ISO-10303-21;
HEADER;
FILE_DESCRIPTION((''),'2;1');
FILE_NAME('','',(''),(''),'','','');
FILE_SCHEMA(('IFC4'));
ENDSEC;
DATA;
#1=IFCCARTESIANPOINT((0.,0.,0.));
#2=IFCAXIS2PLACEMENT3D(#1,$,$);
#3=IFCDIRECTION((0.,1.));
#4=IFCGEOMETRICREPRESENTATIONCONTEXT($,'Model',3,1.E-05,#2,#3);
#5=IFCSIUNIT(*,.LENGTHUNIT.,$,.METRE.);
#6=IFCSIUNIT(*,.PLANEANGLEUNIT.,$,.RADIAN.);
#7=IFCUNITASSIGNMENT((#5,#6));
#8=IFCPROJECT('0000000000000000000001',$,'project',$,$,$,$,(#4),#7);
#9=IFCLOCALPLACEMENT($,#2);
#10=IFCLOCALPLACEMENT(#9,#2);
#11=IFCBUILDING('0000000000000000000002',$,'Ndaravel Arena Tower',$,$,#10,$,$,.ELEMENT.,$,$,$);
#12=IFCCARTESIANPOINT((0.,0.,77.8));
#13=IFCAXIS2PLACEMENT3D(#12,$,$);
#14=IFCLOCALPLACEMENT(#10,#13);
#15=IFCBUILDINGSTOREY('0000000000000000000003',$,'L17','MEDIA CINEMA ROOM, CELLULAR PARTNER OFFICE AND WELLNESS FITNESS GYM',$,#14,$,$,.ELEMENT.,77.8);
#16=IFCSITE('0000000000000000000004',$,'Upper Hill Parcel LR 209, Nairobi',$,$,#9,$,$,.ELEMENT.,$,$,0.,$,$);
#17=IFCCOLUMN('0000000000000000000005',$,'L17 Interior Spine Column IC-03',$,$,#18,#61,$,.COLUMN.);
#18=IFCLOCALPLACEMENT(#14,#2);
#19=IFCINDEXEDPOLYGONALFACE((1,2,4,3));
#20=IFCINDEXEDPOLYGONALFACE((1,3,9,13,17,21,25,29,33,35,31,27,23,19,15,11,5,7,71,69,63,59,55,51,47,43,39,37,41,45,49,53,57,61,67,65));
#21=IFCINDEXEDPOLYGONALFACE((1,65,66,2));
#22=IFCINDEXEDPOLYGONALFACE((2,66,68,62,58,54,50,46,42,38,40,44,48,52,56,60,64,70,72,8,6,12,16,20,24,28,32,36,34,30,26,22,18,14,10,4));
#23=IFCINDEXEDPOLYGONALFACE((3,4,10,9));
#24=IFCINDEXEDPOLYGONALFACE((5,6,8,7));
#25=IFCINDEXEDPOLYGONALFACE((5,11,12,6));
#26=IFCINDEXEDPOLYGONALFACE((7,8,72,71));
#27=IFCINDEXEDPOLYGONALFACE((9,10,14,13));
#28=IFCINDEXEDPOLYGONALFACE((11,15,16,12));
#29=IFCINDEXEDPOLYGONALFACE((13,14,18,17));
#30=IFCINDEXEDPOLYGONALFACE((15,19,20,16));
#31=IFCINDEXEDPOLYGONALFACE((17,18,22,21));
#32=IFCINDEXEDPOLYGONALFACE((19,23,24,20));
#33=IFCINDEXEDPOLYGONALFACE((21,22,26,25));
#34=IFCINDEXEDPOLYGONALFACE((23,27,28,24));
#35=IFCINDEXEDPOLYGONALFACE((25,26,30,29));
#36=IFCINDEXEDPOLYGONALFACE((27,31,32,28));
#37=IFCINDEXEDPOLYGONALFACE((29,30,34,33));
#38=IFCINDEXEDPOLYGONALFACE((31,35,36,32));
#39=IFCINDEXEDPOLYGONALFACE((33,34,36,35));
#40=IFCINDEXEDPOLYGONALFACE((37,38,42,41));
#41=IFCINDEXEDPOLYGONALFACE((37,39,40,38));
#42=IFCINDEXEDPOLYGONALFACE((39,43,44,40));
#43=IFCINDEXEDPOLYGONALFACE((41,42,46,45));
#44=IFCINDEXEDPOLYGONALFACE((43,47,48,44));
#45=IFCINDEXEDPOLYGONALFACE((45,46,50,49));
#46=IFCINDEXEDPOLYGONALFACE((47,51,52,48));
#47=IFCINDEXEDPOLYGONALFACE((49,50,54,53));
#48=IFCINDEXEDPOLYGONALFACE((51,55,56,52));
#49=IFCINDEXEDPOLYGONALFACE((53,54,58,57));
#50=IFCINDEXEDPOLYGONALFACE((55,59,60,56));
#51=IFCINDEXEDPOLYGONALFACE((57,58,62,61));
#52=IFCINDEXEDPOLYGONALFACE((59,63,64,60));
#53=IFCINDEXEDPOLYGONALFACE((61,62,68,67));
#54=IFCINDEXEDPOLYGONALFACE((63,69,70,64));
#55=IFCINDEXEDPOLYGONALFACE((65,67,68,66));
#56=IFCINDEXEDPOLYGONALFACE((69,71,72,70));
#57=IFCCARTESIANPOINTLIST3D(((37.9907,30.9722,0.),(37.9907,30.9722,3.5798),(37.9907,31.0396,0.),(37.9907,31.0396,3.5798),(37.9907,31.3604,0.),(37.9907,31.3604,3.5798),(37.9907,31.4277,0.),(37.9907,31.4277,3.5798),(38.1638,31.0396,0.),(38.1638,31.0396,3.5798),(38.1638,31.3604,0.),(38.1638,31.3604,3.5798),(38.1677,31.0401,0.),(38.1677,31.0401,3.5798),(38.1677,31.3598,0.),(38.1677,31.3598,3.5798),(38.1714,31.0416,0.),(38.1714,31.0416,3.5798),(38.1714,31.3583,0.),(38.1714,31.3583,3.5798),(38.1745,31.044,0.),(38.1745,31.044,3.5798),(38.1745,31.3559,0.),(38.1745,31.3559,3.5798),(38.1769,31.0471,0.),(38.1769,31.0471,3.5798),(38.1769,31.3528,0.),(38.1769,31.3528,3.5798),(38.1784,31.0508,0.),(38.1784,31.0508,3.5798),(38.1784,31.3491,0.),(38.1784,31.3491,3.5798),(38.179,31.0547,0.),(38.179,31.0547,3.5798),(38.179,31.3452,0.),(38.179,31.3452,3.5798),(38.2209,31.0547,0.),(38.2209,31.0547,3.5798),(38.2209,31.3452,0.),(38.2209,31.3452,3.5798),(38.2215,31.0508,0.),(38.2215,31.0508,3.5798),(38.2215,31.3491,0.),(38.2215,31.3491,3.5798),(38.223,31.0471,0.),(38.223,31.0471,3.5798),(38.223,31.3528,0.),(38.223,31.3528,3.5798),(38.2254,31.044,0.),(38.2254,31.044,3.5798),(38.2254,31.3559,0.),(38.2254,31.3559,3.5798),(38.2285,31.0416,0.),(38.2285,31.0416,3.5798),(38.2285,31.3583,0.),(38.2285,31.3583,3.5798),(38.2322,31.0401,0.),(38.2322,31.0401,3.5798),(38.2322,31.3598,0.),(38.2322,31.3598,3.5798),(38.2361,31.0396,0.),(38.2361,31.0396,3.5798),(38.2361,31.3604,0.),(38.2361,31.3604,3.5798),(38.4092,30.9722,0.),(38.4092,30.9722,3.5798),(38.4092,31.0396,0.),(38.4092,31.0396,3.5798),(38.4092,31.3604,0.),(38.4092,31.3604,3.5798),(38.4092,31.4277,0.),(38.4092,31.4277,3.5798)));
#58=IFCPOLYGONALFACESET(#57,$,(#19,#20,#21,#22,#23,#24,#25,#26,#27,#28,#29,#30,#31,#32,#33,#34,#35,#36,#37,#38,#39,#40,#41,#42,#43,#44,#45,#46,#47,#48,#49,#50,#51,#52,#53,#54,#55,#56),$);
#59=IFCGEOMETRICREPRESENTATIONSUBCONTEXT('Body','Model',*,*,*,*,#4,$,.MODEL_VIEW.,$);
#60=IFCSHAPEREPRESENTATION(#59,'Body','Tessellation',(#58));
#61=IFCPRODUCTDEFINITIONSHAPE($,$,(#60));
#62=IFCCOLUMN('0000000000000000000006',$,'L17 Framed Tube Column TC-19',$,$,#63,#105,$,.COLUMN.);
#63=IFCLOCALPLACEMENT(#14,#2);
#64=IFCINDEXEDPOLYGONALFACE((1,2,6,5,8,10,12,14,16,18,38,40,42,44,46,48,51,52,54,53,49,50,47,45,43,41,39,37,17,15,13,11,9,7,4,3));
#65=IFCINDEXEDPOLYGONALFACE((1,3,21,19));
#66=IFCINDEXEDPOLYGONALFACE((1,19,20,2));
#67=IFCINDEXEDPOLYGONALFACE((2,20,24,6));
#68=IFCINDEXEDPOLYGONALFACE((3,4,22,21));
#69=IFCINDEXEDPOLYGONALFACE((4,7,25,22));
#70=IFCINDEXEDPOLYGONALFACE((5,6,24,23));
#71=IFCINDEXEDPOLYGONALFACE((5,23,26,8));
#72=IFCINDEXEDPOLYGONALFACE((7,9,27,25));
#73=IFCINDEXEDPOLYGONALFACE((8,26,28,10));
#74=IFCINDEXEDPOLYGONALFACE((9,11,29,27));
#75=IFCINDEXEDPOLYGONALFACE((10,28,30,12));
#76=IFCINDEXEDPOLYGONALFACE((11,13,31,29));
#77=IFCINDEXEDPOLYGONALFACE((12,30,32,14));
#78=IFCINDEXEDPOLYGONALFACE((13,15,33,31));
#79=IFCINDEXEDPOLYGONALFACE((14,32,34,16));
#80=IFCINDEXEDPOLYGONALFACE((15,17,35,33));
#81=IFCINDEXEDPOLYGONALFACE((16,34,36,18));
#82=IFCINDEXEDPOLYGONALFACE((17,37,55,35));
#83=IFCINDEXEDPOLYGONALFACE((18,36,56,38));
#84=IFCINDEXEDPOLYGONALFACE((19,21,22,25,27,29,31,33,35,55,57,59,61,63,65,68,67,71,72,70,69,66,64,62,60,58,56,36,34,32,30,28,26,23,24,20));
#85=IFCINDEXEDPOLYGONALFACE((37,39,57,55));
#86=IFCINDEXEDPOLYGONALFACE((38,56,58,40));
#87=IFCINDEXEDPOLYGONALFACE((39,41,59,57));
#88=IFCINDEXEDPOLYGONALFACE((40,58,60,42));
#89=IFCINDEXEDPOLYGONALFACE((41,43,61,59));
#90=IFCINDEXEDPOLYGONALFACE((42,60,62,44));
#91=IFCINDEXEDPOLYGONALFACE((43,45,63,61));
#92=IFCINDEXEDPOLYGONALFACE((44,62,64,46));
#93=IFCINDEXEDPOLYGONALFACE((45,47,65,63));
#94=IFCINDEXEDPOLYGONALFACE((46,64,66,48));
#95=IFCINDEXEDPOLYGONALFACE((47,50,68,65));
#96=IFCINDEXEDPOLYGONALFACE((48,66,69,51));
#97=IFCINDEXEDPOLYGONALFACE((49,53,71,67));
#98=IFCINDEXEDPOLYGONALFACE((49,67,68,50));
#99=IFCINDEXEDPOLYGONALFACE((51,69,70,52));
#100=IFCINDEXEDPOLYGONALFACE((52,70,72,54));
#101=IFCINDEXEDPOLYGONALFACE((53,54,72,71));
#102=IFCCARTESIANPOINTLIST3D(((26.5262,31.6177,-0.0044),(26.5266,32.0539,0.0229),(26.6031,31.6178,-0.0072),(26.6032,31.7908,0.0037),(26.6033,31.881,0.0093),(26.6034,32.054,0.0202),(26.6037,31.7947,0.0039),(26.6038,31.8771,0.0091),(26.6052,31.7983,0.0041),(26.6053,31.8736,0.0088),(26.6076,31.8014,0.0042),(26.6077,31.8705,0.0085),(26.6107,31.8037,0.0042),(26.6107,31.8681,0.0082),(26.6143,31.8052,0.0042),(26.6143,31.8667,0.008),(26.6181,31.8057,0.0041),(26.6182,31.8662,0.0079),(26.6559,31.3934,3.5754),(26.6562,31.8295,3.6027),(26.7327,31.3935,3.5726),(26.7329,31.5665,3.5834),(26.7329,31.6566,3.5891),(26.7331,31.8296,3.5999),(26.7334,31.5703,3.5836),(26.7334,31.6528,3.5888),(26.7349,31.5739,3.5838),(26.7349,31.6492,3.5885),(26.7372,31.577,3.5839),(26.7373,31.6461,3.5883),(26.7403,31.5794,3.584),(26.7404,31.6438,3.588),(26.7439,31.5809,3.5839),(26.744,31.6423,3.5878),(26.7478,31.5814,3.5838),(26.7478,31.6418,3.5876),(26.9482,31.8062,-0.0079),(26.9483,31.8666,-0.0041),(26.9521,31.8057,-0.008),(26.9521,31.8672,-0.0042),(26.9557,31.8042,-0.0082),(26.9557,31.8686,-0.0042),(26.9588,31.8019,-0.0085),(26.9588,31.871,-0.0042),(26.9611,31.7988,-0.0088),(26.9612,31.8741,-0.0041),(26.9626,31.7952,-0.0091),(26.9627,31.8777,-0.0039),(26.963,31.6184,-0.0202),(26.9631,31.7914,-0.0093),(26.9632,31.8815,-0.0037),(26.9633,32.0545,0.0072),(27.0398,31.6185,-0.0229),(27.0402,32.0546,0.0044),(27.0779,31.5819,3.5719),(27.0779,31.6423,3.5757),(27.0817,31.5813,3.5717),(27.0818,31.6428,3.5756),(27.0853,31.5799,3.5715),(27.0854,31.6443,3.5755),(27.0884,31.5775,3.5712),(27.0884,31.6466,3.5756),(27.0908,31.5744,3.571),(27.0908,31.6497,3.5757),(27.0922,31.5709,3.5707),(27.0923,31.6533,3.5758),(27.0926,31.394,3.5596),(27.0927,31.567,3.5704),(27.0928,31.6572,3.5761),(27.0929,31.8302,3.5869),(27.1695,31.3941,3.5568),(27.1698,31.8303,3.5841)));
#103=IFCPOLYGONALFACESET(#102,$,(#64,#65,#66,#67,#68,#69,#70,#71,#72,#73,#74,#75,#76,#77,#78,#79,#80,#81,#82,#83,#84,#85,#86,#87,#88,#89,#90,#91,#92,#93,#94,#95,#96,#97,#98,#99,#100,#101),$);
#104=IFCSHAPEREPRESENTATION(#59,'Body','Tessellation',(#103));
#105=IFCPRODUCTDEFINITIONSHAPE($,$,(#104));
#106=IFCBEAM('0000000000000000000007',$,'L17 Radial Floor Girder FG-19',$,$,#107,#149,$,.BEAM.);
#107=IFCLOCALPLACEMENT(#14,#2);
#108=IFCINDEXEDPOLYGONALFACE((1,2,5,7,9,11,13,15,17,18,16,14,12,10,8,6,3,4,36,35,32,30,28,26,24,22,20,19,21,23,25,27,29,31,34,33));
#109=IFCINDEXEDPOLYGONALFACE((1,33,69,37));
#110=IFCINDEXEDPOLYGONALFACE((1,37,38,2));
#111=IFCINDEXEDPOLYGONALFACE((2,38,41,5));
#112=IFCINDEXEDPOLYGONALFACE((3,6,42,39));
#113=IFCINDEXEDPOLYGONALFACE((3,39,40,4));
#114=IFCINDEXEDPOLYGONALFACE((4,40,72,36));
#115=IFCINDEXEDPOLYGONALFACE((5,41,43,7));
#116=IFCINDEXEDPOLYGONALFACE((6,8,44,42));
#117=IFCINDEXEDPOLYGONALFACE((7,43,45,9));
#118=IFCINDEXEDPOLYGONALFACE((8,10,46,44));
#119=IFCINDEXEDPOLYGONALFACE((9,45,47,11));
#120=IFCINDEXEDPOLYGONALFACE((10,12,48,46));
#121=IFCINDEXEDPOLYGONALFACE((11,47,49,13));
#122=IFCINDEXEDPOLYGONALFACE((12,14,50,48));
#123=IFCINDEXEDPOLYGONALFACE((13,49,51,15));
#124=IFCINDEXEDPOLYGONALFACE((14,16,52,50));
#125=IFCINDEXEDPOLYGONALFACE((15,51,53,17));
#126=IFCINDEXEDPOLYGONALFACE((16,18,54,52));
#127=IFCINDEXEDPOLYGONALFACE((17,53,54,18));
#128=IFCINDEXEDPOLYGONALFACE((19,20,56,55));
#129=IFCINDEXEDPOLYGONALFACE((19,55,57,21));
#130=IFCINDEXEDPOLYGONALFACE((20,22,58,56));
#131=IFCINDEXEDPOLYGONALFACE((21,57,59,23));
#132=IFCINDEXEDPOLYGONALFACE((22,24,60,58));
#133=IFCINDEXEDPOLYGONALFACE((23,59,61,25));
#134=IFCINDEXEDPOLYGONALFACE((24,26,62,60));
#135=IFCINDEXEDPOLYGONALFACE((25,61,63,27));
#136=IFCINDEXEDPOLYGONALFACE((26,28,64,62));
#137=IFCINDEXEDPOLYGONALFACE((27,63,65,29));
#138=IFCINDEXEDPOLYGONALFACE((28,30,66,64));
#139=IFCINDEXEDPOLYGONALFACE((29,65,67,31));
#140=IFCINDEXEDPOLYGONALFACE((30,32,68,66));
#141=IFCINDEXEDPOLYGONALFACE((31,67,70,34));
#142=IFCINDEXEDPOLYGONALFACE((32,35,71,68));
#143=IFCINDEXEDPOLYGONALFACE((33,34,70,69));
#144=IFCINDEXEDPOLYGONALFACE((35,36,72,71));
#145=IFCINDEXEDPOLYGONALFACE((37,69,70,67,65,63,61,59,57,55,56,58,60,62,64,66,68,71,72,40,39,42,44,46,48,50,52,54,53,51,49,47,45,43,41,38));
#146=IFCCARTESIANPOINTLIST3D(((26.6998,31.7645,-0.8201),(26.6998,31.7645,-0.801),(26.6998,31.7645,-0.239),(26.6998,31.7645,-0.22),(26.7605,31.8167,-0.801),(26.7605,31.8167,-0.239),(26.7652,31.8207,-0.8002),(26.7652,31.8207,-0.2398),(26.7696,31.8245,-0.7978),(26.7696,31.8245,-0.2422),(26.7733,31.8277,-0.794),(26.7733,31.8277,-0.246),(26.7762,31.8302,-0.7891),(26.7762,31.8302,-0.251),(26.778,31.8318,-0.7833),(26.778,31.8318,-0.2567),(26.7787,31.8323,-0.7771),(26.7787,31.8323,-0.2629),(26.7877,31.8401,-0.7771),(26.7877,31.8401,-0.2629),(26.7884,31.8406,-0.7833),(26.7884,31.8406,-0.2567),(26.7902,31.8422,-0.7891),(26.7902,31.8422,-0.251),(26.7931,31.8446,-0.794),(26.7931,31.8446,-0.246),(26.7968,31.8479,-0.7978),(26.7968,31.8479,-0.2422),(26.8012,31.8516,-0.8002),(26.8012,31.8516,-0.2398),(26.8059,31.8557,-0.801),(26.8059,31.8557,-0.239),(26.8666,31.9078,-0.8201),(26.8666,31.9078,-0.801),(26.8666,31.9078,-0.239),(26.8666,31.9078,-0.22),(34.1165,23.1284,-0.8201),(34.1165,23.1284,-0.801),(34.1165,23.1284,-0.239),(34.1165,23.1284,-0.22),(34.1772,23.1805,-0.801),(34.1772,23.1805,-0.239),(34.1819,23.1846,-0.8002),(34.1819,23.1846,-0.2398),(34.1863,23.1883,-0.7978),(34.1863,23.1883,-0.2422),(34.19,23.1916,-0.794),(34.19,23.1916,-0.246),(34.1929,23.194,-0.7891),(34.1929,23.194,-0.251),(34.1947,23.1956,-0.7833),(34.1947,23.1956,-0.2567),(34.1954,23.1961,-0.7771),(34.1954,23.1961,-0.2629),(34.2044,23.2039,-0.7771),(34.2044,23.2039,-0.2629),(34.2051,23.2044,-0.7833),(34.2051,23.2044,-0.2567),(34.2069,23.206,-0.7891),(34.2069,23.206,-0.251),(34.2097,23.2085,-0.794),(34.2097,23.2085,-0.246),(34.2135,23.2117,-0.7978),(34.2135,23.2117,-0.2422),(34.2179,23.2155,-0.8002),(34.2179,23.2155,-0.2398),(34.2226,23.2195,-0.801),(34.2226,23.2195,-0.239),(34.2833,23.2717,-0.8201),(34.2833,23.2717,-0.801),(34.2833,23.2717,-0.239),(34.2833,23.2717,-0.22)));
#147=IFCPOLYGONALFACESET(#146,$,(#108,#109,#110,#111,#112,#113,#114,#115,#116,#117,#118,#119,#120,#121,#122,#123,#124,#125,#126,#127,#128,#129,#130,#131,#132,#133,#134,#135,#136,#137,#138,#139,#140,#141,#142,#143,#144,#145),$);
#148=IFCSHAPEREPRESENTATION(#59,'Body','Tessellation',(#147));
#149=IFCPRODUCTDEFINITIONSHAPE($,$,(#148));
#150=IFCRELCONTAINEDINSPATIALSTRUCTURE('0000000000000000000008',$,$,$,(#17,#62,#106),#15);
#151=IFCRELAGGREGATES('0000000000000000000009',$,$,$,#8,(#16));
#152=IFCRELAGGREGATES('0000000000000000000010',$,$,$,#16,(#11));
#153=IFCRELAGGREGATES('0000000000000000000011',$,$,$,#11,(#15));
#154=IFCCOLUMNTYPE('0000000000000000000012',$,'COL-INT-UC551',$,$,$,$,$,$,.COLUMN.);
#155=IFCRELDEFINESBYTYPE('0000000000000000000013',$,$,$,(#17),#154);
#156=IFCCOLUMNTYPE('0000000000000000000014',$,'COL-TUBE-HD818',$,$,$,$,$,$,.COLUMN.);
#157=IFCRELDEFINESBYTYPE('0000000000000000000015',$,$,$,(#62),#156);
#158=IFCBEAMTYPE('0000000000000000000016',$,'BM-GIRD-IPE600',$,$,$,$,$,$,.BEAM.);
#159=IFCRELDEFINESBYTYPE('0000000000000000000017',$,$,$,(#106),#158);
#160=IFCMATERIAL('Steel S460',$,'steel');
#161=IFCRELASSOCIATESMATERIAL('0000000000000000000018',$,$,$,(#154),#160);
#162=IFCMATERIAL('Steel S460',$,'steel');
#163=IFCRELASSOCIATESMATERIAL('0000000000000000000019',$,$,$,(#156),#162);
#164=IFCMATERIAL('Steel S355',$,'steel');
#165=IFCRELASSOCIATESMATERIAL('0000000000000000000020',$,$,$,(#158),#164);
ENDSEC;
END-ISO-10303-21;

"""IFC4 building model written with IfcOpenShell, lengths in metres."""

from ifc_helpers import new_model, si_unit, direction, frame, origin, origin_2d, place, context, subcontext, project, spatial, i_section, extrude, material, material_profile, profile_set, type_object, element, save


model = new_model("IFC4")

# Units and contexts
model_context = context("Model", 3, precision=1e-05, world=origin(), true_north=direction((0.0, 1.0)))
body_context = subcontext(model_context, "Body", "Model", "MODEL_VIEW")
ifc_project = project(units=[si_unit("LENGTHUNIT", "METRE"), si_unit("PLANEANGLEUNIT", "RADIAN")], contexts=[model_context])

# Site, building, storey
site_placement = place(None, origin())
site = spatial("IfcSite", under=ifc_project, at=site_placement, Name="Upper Hill Parcel LR 209, Nairobi", CompositionType="ELEMENT", RefElevation=0.0)
building_placement = place(site_placement, origin())
building = spatial("IfcBuilding", under=site, at=building_placement, Name="Ndaravel Arena Tower", CompositionType="ELEMENT")
storey_placement = place(building_placement, frame((0.0, 0.0, 77.8)))
storey = spatial("IfcBuildingStorey", under=building, at=storey_placement, Name="L17", Description="MEDIA CINEMA ROOM, CELLULAR PARTNER OFFICE AND WELLNESS FITNESS GYM", CompositionType="ELEMENT", Elevation=77.8)

# Columns
ifc_material_1 = material(Name="Steel S460", Category="steel")
ifc_material_profile_1 = material_profile(ifc_material_1, i_section(OverallWidth=0.4185, OverallDepth=0.4556, WebThickness=0.042, FlangeThickness=0.0674, FilletRadius=0.0151, at=origin_2d()), Name="UC 356x406x551")
ifc_profile_set_1 = profile_set([ifc_material_profile_1], Name="Steel S460")
column_type_1 = type_object("IfcColumnType", Name="COL-INT-UC551", PredefinedType="COLUMN", material=ifc_profile_set_1)
column_1_placement = place(storey_placement, frame((38.2, 31.2, 0.0), z_axis=(0.0, 0.0, 1.0), x_axis=(1.0, 0.0, 0.0)))
element("IfcColumn", 1, at=column_1_placement, inside=storey, type_object=column_type_1, Name="L17 Interior Spine Column IC-03", PredefinedType="COLUMN", context=body_context, shape_type="SweptSolid", body=[
    extrude(i_section(OverallWidth=0.4185, OverallDepth=0.4556, WebThickness=0.042, FlangeThickness=0.0674, FilletRadius=0.0151, at=origin_2d()), origin(), (0.0, 0.0, 1.0), 3.5798),
])
ifc_material_2 = material(Name="Steel S460", Category="steel")
ifc_material_profile_2 = material_profile(ifc_material_2, i_section(OverallWidth=0.437, OverallDepth=0.5139, WebThickness=0.0605, FlangeThickness=0.0769, FilletRadius=0.0149, at=origin_2d()), Name="HD 400x818")
ifc_profile_set_2 = profile_set([ifc_material_profile_2], Name="Steel S460")
column_type_2 = type_object("IfcColumnType", Name="COL-TUBE-HD818", PredefinedType="COLUMN", material=ifc_profile_set_2)
column_2_placement = place(storey_placement, frame((26.7832, 31.8362, 0.0), z_axis=(0.036119, -0.062511, 0.99739), x_axis=(0.000792, 0.998043, 0.062523)))
element("IfcColumn", 2, at=column_2_placement, inside=storey, type_object=column_type_2, Name="L17 Framed Tube Column TC-19", PredefinedType="COLUMN", context=body_context, shape_type="SweptSolid", body=[
    extrude(i_section(OverallWidth=0.437, OverallDepth=0.5139, WebThickness=0.0605, FlangeThickness=0.0769, FilletRadius=0.0149, at=origin_2d()), origin(), (0.0, 0.0, 1.0), 3.5891),
])

# Beam
ifc_material_3 = material(Name="Steel S355", Category="steel")
ifc_material_profile_3 = material_profile(ifc_material_3, i_section(OverallWidth=0.22, OverallDepth=0.6001, WebThickness=0.012, FlangeThickness=0.019, FilletRadius=0.0239, at=origin_2d()), Name="IPE 600")
ifc_profile_set_3 = profile_set([ifc_material_profile_3], Name="Steel S355")
beam_type_1 = type_object("IfcBeamType", Name="BM-GIRD-IPE600", PredefinedType="BEAM", material=ifc_profile_set_3)
beam_1_placement = place(storey_placement, frame((26.7832, 31.8362, -0.52), z_axis=(0.651513, -0.758637, 0.0), x_axis=(0.758637, 0.651513, 0.0)))
element("IfcBeam", 3, at=beam_1_placement, inside=storey, type_object=beam_type_1, Name="L17 Radial Floor Girder FG-19", PredefinedType="BEAM", context=body_context, shape_type="SweptSolid", body=[
    extrude(i_section(OverallWidth=0.22, OverallDepth=0.6001, WebThickness=0.012, FlangeThickness=0.019, FilletRadius=0.0239, at=origin_2d()), origin(), (0.0, 0.0, 1.0), 11.3838),
])

save(model, "model.ifc")
